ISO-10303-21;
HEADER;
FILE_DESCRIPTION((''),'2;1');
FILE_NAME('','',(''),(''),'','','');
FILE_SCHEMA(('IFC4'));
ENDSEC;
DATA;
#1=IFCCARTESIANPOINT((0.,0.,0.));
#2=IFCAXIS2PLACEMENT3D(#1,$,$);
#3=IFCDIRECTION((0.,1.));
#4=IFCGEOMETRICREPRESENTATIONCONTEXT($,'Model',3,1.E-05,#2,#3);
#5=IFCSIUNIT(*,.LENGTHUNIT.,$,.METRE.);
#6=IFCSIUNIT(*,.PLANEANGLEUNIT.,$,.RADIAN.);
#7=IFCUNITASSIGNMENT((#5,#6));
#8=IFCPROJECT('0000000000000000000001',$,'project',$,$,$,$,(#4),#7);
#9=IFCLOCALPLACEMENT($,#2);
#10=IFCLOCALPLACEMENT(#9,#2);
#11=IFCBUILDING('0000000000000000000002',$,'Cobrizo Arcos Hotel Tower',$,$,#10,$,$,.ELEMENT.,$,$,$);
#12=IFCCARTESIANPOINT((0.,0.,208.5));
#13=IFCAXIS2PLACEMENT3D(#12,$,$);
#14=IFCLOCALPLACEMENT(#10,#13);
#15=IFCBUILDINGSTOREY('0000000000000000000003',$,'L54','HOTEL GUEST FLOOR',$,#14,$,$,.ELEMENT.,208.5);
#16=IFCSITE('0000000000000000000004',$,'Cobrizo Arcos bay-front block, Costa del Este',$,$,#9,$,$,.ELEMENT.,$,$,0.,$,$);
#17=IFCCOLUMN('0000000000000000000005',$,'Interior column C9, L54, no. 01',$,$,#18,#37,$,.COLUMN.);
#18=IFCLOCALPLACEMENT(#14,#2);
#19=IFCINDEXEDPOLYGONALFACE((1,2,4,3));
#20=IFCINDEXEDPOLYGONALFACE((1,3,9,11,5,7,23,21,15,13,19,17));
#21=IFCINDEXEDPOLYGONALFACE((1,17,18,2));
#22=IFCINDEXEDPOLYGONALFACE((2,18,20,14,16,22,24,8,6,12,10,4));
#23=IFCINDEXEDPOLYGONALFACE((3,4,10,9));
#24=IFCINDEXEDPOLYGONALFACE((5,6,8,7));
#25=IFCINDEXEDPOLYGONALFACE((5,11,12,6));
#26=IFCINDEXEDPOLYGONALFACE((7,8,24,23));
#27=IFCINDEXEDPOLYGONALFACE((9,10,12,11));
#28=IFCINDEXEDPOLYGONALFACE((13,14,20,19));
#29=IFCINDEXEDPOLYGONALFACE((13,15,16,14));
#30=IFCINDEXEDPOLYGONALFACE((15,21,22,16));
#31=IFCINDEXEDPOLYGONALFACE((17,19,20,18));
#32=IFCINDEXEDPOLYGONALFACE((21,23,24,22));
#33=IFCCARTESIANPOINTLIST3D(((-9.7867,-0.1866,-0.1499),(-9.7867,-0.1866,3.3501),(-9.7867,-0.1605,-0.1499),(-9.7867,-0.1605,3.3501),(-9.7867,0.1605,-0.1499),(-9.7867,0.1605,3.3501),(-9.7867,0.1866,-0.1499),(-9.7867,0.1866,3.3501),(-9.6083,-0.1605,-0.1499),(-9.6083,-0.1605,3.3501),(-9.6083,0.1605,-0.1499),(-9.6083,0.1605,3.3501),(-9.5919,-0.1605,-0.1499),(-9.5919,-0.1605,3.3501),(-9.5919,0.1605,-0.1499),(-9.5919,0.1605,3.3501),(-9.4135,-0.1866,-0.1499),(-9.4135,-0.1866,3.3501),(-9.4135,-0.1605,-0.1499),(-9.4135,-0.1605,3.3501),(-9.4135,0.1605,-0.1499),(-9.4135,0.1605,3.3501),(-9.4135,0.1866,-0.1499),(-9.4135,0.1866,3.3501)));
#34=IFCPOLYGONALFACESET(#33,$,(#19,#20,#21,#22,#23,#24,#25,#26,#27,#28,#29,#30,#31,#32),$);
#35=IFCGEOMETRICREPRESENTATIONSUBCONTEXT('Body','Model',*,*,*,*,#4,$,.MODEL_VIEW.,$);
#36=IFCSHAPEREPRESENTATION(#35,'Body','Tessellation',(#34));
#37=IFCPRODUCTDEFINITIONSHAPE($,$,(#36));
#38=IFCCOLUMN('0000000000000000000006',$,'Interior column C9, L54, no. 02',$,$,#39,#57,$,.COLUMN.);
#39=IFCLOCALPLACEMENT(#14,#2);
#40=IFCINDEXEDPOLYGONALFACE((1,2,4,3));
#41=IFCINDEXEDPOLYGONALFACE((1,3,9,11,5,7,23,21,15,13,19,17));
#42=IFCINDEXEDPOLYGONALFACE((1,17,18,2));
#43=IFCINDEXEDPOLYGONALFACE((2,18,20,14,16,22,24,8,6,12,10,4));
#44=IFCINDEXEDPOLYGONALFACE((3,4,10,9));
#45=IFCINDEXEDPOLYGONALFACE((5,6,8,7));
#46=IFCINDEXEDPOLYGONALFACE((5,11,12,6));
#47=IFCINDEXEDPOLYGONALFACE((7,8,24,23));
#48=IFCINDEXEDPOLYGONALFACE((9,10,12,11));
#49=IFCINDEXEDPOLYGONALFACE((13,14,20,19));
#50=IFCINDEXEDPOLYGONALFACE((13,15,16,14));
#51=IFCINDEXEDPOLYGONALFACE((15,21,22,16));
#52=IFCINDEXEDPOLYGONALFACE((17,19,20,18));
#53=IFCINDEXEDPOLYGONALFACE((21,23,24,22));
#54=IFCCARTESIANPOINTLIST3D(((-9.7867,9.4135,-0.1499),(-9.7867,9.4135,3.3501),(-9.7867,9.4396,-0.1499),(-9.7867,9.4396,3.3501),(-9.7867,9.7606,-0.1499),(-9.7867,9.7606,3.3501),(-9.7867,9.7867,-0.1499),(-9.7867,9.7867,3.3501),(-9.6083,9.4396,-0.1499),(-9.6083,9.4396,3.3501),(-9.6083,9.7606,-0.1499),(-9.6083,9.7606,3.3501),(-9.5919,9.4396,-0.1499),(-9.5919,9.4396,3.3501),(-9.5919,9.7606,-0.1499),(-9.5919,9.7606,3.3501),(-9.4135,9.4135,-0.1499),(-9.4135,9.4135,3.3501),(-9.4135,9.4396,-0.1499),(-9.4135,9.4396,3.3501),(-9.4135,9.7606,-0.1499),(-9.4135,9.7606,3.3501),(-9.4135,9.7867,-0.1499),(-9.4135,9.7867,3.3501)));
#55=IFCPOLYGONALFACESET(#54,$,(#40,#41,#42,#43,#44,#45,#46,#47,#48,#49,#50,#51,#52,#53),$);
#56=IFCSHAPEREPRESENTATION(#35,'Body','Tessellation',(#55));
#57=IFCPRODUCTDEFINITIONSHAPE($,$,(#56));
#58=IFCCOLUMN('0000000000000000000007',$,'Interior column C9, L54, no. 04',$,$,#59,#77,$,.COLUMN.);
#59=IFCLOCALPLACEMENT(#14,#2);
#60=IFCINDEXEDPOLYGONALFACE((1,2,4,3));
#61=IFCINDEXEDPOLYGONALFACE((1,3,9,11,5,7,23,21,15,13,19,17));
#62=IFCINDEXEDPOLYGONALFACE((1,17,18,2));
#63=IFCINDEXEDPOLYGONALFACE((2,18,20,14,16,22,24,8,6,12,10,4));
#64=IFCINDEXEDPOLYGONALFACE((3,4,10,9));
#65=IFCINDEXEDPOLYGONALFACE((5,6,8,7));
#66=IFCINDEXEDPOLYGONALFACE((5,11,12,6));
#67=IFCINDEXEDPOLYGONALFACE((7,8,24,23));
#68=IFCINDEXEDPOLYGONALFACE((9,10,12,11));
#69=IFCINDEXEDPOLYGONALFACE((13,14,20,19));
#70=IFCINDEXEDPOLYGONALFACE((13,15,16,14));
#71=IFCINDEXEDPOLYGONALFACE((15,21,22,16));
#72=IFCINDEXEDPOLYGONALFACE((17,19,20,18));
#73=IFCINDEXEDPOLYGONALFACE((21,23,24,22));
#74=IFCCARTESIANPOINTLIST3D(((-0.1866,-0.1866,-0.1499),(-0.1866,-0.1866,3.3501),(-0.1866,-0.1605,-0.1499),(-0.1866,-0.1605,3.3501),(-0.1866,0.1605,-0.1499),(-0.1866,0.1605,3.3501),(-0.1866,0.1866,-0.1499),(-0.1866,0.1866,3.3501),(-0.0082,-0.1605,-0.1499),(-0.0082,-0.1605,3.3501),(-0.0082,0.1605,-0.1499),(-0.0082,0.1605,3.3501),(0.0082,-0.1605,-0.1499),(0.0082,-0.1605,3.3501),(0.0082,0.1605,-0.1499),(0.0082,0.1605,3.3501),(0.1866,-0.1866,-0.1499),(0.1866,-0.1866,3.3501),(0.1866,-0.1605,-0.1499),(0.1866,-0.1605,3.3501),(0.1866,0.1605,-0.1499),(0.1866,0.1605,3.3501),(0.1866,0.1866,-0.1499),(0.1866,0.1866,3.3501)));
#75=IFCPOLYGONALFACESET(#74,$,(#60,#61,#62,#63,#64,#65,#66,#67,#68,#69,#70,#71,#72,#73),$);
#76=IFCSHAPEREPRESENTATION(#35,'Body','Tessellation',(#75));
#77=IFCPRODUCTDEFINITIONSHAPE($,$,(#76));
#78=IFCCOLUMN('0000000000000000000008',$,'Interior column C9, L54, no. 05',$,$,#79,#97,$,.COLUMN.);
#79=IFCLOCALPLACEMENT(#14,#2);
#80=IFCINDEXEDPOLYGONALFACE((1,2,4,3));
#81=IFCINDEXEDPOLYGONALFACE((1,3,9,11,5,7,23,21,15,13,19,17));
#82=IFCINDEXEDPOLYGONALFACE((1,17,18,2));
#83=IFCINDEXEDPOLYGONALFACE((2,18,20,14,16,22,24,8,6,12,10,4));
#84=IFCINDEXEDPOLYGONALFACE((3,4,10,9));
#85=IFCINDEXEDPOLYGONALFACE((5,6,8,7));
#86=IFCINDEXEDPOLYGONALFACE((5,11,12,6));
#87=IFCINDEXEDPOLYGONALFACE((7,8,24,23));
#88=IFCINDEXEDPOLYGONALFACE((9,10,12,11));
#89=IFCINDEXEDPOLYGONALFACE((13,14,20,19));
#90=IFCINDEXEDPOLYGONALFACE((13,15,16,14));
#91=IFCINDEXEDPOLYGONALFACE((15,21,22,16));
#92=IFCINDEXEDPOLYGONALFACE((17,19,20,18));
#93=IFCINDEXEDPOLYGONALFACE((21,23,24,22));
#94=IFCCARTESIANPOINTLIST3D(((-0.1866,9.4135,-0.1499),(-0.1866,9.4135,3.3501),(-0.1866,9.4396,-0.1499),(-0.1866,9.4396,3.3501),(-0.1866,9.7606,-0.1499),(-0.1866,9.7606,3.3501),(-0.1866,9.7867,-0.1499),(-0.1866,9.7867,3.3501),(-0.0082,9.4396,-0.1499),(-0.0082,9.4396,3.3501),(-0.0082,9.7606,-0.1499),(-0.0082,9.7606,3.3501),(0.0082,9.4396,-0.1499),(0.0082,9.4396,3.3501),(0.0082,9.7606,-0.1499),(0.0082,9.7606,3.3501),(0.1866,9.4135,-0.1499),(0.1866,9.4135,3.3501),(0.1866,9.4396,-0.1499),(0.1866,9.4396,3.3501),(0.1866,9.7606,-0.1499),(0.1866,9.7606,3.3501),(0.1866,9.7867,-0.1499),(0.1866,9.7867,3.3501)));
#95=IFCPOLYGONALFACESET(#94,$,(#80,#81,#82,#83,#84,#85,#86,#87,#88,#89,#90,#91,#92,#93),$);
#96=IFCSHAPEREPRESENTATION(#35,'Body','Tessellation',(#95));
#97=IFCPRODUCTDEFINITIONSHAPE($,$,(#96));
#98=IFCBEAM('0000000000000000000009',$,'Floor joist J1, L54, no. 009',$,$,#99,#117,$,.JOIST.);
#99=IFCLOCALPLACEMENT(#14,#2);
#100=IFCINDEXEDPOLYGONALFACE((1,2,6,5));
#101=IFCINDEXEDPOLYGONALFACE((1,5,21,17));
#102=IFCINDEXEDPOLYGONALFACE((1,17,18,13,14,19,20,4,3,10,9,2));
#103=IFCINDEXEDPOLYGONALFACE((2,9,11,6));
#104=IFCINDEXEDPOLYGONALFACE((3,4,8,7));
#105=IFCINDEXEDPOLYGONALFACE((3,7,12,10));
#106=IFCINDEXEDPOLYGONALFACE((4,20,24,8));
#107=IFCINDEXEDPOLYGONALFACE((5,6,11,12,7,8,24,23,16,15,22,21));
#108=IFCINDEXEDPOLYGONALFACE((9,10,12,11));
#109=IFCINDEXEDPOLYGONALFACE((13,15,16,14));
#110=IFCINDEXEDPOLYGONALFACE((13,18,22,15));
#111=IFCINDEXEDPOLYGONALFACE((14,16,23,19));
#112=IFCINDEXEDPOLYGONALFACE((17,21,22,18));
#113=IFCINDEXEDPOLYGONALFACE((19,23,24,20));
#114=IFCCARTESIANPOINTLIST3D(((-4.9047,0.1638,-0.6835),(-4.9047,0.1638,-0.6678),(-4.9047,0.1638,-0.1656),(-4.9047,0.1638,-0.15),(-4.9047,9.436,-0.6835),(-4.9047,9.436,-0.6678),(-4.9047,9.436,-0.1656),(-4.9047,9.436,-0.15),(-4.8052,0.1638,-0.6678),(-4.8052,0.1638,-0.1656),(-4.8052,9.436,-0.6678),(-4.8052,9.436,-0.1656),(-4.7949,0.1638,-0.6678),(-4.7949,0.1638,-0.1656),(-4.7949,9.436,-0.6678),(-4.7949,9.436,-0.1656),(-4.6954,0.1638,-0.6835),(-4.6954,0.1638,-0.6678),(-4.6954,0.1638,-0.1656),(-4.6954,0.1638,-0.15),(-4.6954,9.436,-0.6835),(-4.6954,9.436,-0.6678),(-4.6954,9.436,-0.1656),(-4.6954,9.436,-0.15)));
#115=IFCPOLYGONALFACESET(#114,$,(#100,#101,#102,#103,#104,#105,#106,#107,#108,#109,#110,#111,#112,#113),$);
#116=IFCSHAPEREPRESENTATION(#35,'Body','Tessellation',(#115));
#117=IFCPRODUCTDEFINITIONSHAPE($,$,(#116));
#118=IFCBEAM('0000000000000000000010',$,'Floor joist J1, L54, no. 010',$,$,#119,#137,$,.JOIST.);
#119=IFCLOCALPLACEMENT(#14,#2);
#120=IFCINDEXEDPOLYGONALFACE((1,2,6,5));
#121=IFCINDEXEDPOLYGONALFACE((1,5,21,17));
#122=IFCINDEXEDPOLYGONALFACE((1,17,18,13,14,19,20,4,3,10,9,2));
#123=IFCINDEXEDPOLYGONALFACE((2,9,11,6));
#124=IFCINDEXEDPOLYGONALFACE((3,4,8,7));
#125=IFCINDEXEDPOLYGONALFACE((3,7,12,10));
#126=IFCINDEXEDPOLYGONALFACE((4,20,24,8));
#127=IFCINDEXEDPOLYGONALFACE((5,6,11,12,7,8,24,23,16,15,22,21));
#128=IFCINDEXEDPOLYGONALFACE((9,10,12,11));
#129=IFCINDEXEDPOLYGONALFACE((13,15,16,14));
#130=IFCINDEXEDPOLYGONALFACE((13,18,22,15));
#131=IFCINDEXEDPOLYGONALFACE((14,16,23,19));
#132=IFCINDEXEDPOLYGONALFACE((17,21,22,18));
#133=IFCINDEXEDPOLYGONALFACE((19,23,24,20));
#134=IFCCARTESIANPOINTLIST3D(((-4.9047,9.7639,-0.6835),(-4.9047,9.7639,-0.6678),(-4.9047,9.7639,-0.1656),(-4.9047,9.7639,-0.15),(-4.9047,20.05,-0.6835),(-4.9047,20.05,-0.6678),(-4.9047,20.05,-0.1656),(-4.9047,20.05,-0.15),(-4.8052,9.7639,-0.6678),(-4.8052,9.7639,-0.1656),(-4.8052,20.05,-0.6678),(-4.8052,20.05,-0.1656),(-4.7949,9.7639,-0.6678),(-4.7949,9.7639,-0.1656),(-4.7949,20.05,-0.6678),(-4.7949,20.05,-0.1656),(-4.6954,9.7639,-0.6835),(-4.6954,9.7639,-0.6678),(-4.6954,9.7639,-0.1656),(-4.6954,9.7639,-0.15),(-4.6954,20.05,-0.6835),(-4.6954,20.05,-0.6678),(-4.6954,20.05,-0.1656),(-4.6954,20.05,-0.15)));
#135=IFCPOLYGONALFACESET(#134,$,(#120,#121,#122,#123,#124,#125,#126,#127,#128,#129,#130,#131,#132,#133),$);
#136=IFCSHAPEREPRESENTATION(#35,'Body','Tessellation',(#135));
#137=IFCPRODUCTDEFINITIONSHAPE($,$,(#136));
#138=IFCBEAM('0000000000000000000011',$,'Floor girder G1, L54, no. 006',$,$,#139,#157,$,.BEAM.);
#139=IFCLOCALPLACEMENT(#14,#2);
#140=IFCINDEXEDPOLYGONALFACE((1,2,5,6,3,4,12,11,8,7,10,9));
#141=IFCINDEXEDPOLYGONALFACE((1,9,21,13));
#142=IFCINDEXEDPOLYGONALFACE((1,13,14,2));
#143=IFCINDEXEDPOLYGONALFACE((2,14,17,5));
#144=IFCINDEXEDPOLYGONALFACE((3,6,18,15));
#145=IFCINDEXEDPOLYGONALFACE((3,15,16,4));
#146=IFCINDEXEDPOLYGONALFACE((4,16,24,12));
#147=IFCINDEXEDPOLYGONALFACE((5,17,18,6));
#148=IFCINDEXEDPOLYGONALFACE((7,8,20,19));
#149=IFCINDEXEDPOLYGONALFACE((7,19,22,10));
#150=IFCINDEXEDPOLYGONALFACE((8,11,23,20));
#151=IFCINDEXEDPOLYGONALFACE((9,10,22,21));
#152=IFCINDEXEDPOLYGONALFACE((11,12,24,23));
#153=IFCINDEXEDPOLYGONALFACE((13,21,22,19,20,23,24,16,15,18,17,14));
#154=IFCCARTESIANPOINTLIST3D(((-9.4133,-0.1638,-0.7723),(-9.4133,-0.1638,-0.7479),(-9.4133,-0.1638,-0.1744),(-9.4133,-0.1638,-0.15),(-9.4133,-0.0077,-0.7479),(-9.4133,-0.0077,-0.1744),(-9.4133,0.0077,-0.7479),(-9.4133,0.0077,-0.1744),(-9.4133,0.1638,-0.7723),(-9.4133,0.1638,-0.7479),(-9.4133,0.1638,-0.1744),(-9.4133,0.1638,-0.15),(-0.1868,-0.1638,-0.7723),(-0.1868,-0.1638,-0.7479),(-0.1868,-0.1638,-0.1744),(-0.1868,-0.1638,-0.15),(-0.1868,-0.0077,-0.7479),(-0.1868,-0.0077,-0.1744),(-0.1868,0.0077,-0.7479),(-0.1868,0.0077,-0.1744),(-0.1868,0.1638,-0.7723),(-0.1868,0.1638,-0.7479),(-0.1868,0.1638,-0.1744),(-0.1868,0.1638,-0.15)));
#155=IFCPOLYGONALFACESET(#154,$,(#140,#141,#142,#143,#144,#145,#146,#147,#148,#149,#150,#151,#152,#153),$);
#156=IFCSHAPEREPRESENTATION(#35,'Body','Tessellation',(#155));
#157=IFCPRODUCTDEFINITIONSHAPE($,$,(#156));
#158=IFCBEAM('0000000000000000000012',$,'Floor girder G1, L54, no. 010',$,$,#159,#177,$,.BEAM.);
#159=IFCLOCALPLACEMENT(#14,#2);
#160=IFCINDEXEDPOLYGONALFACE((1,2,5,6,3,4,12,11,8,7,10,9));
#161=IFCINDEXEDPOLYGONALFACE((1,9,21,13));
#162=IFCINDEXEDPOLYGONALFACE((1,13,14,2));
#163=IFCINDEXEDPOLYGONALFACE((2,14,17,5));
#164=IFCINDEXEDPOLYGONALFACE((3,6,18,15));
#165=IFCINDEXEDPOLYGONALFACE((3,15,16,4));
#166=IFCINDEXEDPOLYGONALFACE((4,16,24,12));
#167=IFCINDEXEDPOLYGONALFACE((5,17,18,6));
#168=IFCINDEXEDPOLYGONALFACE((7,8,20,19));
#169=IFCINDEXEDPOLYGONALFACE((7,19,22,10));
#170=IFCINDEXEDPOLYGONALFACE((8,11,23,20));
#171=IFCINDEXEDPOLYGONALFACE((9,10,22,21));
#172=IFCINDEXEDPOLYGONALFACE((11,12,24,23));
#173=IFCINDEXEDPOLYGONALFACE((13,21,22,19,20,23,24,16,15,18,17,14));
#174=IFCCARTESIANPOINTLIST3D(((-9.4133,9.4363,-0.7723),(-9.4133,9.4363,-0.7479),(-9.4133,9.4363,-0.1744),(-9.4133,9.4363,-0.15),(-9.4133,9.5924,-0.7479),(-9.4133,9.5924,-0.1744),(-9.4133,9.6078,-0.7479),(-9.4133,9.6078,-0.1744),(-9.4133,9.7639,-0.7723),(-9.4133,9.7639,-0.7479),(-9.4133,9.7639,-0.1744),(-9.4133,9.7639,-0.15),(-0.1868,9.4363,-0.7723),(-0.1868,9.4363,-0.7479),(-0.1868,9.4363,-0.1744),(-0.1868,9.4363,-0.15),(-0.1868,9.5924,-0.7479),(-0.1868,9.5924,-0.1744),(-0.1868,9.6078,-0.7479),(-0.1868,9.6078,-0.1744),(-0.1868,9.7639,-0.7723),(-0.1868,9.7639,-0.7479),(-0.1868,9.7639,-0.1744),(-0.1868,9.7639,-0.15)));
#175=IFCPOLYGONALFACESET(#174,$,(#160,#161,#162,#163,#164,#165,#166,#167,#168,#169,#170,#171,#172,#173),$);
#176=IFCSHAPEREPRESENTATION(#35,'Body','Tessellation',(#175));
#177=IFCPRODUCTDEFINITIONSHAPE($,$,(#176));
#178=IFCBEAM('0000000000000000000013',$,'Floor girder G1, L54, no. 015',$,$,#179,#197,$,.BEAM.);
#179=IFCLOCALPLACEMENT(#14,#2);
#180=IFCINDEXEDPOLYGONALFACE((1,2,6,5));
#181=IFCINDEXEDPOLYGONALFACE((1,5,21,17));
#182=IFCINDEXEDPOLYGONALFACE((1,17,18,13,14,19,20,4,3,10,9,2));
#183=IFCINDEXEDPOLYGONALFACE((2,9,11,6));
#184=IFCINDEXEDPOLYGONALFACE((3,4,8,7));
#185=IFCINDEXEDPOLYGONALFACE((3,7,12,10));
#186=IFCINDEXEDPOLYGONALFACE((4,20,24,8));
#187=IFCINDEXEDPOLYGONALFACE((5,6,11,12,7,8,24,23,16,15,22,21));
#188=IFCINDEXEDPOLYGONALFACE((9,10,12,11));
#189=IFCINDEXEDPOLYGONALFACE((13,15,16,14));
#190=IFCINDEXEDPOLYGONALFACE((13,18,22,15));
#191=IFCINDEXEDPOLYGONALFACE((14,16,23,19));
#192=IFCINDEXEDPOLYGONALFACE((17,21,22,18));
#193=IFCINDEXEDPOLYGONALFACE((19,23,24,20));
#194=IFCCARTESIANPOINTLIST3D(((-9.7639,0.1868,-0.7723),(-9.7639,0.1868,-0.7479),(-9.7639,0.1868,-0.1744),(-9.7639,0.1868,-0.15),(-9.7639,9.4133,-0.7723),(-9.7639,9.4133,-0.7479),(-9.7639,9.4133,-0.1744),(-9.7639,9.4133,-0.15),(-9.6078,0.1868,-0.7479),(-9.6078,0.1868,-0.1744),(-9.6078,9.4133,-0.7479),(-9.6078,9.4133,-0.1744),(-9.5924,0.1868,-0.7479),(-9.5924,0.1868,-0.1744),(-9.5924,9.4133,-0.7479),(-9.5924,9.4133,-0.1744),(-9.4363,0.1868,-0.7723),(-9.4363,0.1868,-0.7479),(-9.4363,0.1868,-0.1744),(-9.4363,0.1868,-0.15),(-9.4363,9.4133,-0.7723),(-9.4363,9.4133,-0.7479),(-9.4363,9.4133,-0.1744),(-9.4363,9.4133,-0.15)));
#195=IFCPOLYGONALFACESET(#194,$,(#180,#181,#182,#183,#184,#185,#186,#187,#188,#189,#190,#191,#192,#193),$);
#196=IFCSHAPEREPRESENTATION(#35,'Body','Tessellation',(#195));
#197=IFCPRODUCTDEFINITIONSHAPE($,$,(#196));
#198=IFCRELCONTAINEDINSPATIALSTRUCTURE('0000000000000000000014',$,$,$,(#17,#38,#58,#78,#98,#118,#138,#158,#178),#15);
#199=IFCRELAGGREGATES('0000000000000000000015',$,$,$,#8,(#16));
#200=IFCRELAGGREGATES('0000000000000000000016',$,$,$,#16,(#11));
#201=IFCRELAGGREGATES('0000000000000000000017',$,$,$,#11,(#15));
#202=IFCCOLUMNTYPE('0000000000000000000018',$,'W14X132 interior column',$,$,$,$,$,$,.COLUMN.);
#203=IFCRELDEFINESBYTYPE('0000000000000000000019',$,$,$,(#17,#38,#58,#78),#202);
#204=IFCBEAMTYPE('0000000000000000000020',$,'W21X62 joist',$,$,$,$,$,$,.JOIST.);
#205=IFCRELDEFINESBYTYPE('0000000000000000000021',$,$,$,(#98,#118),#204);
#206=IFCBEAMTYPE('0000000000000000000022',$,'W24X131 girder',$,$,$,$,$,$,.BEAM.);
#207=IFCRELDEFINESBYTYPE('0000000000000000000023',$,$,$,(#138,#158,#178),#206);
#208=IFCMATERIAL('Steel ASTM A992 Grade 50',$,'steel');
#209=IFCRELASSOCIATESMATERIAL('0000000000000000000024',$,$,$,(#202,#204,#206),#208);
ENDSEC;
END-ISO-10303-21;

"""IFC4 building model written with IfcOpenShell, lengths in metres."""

from ifc_helpers import new_model, si_unit, direction, frame, origin, origin_2d, place, context, subcontext, project, spatial, i_section, extrude, material, material_profile, profile_set, type_object, element, save


model = new_model("IFC4")

# Units and contexts
model_context = context("Model", 3, precision=1e-05, world=origin(), true_north=direction((0.0, 1.0)))
body_context = subcontext(model_context, "Body", "Model", "MODEL_VIEW")
ifc_project = project(units=[si_unit("LENGTHUNIT", "METRE"), si_unit("PLANEANGLEUNIT", "RADIAN")], contexts=[model_context])

# Site, building, storey
site_placement = place(None, origin())
site = spatial("IfcSite", under=ifc_project, at=site_placement, Name="Cobrizo Arcos bay-front block, Costa del Este", CompositionType="ELEMENT", RefElevation=0.0)
building_placement = place(site_placement, origin())
building = spatial("IfcBuilding", under=site, at=building_placement, Name="Cobrizo Arcos Hotel Tower", CompositionType="ELEMENT")
storey_placement = place(building_placement, frame((0.0, 0.0, 208.5)))
storey = spatial("IfcBuildingStorey", under=building, at=storey_placement, Name="L54", Description="HOTEL GUEST FLOOR", CompositionType="ELEMENT", Elevation=208.5)

# Columns
ifc_material_1 = material(Name="Steel ASTM A992 Grade 50", Category="steel")
ifc_material_profile_1 = material_profile(ifc_material_1, i_section(OverallWidth=0.3733, OverallDepth=0.3733, WebThickness=0.0164, FlangeThickness=0.0261, at=origin_2d()), Name="W14X132")
ifc_profile_set_1 = profile_set([ifc_material_profile_1], Name="Steel ASTM A992 Grade 50")
column_type = type_object("IfcColumnType", Name="W14X132 interior column", PredefinedType="COLUMN", material=ifc_profile_set_1)
for number, where, z_axis, x_axis, name in (
    (1, (-9.6001, 0.0, -0.1499), (0.0, 0.0, 1.0), (1.0, 0.0, 0.0), "Interior column C9, L54, no. 01"),
    (2, (-9.6001, 9.6001, -0.1499), (0.0, 0.0, 1.0), (1.0, 0.0, 0.0), "Interior column C9, L54, no. 02"),
    (3, (0.0, 0.0, -0.1499), (0.0, 0.0, 1.0), (1.0, 0.0, 0.0), "Interior column C9, L54, no. 04"),
    (4, (0.0, 9.6001, -0.1499), (0.0, 0.0, 1.0), (1.0, 0.0, 0.0), "Interior column C9, L54, no. 05"),
):
    element("IfcColumn", number, at=place(storey_placement, frame(where, z_axis=z_axis, x_axis=x_axis)), inside=storey, type_object=column_type, Name=name, PredefinedType="COLUMN", context=body_context, shape_type="SweptSolid", body=[
        extrude(i_section(OverallWidth=0.3733, OverallDepth=0.3733, WebThickness=0.0164, FlangeThickness=0.0261, at=origin_2d()), origin(), (0.0, 0.0, 1.0), 3.5),
    ])

# Beams
ifc_material_profile_2 = material_profile(ifc_material_1, i_section(OverallWidth=0.2092, OverallDepth=0.5334, WebThickness=0.0103, FlangeThickness=0.0156, at=origin_2d()), Name="W21X62")
ifc_profile_set_2 = profile_set([ifc_material_profile_2], Name="Steel ASTM A992 Grade 50")
beam_type_1 = type_object("IfcBeamType", Name="W21X62 joist", PredefinedType="JOIST", material=ifc_profile_set_2)
beam_1_placement = place(storey_placement, frame((-4.8, 0.1638, -0.4167), z_axis=(0.0, 1.0, 0.0), x_axis=(-1.0, 0.0, 0.0)))
element("IfcBeam", 5, at=beam_1_placement, inside=storey, type_object=beam_type_1, Name="Floor joist J1, L54, no. 009", PredefinedType="JOIST", context=body_context, shape_type="SweptSolid", body=[
    extrude(i_section(OverallWidth=0.2092, OverallDepth=0.5334, WebThickness=0.0103, FlangeThickness=0.0156, at=origin_2d()), origin(), (0.0, 0.0, 1.0), 9.2722),
])
beam_2_placement = place(storey_placement, frame((-4.8, 9.7639, -0.4167), z_axis=(0.0, 1.0, 0.0), x_axis=(-1.0, 0.0, 0.0)))
element("IfcBeam", 6, at=beam_2_placement, inside=storey, type_object=beam_type_1, Name="Floor joist J1, L54, no. 010", PredefinedType="JOIST", context=body_context, shape_type="SweptSolid", body=[
    extrude(i_section(OverallWidth=0.2092, OverallDepth=0.5334, WebThickness=0.0103, FlangeThickness=0.0156, at=origin_2d()), origin(), (0.0, 0.0, 1.0), 10.2861),
])
ifc_material_profile_3 = material_profile(ifc_material_1, i_section(OverallWidth=0.3276, OverallDepth=0.6223, WebThickness=0.0154, FlangeThickness=0.0244, at=origin_2d()), Name="W24X131")
ifc_profile_set_3 = profile_set([ifc_material_profile_3], Name="Steel ASTM A992 Grade 50")
beam_type_2 = type_object("IfcBeamType", Name="W24X131 girder", PredefinedType="BEAM", material=ifc_profile_set_3)
for number, where, z_axis, x_axis, name in (
    (7, (-9.4133, 0.0, -0.4612), (1.0, 0.0, 0.0), (0.0, 1.0, 0.0), "Floor girder G1, L54, no. 006"),
    (8, (-9.4133, 9.6001, -0.4612), (1.0, 0.0, 0.0), (0.0, 1.0, 0.0), "Floor girder G1, L54, no. 010"),
    (9, (-9.6001, 0.1868, -0.4612), (0.0, 1.0, 0.0), (-1.0, 0.0, 0.0), "Floor girder G1, L54, no. 015"),
):
    element("IfcBeam", number, at=place(storey_placement, frame(where, z_axis=z_axis, x_axis=x_axis)), inside=storey, type_object=beam_type_2, Name=name, PredefinedType="BEAM", context=body_context, shape_type="SweptSolid", body=[
        extrude(i_section(OverallWidth=0.3276, OverallDepth=0.6223, WebThickness=0.0154, FlangeThickness=0.0244, at=origin_2d()), origin(), (0.0, 0.0, 1.0), 9.2266),
    ])

save(model, "model.ifc")
